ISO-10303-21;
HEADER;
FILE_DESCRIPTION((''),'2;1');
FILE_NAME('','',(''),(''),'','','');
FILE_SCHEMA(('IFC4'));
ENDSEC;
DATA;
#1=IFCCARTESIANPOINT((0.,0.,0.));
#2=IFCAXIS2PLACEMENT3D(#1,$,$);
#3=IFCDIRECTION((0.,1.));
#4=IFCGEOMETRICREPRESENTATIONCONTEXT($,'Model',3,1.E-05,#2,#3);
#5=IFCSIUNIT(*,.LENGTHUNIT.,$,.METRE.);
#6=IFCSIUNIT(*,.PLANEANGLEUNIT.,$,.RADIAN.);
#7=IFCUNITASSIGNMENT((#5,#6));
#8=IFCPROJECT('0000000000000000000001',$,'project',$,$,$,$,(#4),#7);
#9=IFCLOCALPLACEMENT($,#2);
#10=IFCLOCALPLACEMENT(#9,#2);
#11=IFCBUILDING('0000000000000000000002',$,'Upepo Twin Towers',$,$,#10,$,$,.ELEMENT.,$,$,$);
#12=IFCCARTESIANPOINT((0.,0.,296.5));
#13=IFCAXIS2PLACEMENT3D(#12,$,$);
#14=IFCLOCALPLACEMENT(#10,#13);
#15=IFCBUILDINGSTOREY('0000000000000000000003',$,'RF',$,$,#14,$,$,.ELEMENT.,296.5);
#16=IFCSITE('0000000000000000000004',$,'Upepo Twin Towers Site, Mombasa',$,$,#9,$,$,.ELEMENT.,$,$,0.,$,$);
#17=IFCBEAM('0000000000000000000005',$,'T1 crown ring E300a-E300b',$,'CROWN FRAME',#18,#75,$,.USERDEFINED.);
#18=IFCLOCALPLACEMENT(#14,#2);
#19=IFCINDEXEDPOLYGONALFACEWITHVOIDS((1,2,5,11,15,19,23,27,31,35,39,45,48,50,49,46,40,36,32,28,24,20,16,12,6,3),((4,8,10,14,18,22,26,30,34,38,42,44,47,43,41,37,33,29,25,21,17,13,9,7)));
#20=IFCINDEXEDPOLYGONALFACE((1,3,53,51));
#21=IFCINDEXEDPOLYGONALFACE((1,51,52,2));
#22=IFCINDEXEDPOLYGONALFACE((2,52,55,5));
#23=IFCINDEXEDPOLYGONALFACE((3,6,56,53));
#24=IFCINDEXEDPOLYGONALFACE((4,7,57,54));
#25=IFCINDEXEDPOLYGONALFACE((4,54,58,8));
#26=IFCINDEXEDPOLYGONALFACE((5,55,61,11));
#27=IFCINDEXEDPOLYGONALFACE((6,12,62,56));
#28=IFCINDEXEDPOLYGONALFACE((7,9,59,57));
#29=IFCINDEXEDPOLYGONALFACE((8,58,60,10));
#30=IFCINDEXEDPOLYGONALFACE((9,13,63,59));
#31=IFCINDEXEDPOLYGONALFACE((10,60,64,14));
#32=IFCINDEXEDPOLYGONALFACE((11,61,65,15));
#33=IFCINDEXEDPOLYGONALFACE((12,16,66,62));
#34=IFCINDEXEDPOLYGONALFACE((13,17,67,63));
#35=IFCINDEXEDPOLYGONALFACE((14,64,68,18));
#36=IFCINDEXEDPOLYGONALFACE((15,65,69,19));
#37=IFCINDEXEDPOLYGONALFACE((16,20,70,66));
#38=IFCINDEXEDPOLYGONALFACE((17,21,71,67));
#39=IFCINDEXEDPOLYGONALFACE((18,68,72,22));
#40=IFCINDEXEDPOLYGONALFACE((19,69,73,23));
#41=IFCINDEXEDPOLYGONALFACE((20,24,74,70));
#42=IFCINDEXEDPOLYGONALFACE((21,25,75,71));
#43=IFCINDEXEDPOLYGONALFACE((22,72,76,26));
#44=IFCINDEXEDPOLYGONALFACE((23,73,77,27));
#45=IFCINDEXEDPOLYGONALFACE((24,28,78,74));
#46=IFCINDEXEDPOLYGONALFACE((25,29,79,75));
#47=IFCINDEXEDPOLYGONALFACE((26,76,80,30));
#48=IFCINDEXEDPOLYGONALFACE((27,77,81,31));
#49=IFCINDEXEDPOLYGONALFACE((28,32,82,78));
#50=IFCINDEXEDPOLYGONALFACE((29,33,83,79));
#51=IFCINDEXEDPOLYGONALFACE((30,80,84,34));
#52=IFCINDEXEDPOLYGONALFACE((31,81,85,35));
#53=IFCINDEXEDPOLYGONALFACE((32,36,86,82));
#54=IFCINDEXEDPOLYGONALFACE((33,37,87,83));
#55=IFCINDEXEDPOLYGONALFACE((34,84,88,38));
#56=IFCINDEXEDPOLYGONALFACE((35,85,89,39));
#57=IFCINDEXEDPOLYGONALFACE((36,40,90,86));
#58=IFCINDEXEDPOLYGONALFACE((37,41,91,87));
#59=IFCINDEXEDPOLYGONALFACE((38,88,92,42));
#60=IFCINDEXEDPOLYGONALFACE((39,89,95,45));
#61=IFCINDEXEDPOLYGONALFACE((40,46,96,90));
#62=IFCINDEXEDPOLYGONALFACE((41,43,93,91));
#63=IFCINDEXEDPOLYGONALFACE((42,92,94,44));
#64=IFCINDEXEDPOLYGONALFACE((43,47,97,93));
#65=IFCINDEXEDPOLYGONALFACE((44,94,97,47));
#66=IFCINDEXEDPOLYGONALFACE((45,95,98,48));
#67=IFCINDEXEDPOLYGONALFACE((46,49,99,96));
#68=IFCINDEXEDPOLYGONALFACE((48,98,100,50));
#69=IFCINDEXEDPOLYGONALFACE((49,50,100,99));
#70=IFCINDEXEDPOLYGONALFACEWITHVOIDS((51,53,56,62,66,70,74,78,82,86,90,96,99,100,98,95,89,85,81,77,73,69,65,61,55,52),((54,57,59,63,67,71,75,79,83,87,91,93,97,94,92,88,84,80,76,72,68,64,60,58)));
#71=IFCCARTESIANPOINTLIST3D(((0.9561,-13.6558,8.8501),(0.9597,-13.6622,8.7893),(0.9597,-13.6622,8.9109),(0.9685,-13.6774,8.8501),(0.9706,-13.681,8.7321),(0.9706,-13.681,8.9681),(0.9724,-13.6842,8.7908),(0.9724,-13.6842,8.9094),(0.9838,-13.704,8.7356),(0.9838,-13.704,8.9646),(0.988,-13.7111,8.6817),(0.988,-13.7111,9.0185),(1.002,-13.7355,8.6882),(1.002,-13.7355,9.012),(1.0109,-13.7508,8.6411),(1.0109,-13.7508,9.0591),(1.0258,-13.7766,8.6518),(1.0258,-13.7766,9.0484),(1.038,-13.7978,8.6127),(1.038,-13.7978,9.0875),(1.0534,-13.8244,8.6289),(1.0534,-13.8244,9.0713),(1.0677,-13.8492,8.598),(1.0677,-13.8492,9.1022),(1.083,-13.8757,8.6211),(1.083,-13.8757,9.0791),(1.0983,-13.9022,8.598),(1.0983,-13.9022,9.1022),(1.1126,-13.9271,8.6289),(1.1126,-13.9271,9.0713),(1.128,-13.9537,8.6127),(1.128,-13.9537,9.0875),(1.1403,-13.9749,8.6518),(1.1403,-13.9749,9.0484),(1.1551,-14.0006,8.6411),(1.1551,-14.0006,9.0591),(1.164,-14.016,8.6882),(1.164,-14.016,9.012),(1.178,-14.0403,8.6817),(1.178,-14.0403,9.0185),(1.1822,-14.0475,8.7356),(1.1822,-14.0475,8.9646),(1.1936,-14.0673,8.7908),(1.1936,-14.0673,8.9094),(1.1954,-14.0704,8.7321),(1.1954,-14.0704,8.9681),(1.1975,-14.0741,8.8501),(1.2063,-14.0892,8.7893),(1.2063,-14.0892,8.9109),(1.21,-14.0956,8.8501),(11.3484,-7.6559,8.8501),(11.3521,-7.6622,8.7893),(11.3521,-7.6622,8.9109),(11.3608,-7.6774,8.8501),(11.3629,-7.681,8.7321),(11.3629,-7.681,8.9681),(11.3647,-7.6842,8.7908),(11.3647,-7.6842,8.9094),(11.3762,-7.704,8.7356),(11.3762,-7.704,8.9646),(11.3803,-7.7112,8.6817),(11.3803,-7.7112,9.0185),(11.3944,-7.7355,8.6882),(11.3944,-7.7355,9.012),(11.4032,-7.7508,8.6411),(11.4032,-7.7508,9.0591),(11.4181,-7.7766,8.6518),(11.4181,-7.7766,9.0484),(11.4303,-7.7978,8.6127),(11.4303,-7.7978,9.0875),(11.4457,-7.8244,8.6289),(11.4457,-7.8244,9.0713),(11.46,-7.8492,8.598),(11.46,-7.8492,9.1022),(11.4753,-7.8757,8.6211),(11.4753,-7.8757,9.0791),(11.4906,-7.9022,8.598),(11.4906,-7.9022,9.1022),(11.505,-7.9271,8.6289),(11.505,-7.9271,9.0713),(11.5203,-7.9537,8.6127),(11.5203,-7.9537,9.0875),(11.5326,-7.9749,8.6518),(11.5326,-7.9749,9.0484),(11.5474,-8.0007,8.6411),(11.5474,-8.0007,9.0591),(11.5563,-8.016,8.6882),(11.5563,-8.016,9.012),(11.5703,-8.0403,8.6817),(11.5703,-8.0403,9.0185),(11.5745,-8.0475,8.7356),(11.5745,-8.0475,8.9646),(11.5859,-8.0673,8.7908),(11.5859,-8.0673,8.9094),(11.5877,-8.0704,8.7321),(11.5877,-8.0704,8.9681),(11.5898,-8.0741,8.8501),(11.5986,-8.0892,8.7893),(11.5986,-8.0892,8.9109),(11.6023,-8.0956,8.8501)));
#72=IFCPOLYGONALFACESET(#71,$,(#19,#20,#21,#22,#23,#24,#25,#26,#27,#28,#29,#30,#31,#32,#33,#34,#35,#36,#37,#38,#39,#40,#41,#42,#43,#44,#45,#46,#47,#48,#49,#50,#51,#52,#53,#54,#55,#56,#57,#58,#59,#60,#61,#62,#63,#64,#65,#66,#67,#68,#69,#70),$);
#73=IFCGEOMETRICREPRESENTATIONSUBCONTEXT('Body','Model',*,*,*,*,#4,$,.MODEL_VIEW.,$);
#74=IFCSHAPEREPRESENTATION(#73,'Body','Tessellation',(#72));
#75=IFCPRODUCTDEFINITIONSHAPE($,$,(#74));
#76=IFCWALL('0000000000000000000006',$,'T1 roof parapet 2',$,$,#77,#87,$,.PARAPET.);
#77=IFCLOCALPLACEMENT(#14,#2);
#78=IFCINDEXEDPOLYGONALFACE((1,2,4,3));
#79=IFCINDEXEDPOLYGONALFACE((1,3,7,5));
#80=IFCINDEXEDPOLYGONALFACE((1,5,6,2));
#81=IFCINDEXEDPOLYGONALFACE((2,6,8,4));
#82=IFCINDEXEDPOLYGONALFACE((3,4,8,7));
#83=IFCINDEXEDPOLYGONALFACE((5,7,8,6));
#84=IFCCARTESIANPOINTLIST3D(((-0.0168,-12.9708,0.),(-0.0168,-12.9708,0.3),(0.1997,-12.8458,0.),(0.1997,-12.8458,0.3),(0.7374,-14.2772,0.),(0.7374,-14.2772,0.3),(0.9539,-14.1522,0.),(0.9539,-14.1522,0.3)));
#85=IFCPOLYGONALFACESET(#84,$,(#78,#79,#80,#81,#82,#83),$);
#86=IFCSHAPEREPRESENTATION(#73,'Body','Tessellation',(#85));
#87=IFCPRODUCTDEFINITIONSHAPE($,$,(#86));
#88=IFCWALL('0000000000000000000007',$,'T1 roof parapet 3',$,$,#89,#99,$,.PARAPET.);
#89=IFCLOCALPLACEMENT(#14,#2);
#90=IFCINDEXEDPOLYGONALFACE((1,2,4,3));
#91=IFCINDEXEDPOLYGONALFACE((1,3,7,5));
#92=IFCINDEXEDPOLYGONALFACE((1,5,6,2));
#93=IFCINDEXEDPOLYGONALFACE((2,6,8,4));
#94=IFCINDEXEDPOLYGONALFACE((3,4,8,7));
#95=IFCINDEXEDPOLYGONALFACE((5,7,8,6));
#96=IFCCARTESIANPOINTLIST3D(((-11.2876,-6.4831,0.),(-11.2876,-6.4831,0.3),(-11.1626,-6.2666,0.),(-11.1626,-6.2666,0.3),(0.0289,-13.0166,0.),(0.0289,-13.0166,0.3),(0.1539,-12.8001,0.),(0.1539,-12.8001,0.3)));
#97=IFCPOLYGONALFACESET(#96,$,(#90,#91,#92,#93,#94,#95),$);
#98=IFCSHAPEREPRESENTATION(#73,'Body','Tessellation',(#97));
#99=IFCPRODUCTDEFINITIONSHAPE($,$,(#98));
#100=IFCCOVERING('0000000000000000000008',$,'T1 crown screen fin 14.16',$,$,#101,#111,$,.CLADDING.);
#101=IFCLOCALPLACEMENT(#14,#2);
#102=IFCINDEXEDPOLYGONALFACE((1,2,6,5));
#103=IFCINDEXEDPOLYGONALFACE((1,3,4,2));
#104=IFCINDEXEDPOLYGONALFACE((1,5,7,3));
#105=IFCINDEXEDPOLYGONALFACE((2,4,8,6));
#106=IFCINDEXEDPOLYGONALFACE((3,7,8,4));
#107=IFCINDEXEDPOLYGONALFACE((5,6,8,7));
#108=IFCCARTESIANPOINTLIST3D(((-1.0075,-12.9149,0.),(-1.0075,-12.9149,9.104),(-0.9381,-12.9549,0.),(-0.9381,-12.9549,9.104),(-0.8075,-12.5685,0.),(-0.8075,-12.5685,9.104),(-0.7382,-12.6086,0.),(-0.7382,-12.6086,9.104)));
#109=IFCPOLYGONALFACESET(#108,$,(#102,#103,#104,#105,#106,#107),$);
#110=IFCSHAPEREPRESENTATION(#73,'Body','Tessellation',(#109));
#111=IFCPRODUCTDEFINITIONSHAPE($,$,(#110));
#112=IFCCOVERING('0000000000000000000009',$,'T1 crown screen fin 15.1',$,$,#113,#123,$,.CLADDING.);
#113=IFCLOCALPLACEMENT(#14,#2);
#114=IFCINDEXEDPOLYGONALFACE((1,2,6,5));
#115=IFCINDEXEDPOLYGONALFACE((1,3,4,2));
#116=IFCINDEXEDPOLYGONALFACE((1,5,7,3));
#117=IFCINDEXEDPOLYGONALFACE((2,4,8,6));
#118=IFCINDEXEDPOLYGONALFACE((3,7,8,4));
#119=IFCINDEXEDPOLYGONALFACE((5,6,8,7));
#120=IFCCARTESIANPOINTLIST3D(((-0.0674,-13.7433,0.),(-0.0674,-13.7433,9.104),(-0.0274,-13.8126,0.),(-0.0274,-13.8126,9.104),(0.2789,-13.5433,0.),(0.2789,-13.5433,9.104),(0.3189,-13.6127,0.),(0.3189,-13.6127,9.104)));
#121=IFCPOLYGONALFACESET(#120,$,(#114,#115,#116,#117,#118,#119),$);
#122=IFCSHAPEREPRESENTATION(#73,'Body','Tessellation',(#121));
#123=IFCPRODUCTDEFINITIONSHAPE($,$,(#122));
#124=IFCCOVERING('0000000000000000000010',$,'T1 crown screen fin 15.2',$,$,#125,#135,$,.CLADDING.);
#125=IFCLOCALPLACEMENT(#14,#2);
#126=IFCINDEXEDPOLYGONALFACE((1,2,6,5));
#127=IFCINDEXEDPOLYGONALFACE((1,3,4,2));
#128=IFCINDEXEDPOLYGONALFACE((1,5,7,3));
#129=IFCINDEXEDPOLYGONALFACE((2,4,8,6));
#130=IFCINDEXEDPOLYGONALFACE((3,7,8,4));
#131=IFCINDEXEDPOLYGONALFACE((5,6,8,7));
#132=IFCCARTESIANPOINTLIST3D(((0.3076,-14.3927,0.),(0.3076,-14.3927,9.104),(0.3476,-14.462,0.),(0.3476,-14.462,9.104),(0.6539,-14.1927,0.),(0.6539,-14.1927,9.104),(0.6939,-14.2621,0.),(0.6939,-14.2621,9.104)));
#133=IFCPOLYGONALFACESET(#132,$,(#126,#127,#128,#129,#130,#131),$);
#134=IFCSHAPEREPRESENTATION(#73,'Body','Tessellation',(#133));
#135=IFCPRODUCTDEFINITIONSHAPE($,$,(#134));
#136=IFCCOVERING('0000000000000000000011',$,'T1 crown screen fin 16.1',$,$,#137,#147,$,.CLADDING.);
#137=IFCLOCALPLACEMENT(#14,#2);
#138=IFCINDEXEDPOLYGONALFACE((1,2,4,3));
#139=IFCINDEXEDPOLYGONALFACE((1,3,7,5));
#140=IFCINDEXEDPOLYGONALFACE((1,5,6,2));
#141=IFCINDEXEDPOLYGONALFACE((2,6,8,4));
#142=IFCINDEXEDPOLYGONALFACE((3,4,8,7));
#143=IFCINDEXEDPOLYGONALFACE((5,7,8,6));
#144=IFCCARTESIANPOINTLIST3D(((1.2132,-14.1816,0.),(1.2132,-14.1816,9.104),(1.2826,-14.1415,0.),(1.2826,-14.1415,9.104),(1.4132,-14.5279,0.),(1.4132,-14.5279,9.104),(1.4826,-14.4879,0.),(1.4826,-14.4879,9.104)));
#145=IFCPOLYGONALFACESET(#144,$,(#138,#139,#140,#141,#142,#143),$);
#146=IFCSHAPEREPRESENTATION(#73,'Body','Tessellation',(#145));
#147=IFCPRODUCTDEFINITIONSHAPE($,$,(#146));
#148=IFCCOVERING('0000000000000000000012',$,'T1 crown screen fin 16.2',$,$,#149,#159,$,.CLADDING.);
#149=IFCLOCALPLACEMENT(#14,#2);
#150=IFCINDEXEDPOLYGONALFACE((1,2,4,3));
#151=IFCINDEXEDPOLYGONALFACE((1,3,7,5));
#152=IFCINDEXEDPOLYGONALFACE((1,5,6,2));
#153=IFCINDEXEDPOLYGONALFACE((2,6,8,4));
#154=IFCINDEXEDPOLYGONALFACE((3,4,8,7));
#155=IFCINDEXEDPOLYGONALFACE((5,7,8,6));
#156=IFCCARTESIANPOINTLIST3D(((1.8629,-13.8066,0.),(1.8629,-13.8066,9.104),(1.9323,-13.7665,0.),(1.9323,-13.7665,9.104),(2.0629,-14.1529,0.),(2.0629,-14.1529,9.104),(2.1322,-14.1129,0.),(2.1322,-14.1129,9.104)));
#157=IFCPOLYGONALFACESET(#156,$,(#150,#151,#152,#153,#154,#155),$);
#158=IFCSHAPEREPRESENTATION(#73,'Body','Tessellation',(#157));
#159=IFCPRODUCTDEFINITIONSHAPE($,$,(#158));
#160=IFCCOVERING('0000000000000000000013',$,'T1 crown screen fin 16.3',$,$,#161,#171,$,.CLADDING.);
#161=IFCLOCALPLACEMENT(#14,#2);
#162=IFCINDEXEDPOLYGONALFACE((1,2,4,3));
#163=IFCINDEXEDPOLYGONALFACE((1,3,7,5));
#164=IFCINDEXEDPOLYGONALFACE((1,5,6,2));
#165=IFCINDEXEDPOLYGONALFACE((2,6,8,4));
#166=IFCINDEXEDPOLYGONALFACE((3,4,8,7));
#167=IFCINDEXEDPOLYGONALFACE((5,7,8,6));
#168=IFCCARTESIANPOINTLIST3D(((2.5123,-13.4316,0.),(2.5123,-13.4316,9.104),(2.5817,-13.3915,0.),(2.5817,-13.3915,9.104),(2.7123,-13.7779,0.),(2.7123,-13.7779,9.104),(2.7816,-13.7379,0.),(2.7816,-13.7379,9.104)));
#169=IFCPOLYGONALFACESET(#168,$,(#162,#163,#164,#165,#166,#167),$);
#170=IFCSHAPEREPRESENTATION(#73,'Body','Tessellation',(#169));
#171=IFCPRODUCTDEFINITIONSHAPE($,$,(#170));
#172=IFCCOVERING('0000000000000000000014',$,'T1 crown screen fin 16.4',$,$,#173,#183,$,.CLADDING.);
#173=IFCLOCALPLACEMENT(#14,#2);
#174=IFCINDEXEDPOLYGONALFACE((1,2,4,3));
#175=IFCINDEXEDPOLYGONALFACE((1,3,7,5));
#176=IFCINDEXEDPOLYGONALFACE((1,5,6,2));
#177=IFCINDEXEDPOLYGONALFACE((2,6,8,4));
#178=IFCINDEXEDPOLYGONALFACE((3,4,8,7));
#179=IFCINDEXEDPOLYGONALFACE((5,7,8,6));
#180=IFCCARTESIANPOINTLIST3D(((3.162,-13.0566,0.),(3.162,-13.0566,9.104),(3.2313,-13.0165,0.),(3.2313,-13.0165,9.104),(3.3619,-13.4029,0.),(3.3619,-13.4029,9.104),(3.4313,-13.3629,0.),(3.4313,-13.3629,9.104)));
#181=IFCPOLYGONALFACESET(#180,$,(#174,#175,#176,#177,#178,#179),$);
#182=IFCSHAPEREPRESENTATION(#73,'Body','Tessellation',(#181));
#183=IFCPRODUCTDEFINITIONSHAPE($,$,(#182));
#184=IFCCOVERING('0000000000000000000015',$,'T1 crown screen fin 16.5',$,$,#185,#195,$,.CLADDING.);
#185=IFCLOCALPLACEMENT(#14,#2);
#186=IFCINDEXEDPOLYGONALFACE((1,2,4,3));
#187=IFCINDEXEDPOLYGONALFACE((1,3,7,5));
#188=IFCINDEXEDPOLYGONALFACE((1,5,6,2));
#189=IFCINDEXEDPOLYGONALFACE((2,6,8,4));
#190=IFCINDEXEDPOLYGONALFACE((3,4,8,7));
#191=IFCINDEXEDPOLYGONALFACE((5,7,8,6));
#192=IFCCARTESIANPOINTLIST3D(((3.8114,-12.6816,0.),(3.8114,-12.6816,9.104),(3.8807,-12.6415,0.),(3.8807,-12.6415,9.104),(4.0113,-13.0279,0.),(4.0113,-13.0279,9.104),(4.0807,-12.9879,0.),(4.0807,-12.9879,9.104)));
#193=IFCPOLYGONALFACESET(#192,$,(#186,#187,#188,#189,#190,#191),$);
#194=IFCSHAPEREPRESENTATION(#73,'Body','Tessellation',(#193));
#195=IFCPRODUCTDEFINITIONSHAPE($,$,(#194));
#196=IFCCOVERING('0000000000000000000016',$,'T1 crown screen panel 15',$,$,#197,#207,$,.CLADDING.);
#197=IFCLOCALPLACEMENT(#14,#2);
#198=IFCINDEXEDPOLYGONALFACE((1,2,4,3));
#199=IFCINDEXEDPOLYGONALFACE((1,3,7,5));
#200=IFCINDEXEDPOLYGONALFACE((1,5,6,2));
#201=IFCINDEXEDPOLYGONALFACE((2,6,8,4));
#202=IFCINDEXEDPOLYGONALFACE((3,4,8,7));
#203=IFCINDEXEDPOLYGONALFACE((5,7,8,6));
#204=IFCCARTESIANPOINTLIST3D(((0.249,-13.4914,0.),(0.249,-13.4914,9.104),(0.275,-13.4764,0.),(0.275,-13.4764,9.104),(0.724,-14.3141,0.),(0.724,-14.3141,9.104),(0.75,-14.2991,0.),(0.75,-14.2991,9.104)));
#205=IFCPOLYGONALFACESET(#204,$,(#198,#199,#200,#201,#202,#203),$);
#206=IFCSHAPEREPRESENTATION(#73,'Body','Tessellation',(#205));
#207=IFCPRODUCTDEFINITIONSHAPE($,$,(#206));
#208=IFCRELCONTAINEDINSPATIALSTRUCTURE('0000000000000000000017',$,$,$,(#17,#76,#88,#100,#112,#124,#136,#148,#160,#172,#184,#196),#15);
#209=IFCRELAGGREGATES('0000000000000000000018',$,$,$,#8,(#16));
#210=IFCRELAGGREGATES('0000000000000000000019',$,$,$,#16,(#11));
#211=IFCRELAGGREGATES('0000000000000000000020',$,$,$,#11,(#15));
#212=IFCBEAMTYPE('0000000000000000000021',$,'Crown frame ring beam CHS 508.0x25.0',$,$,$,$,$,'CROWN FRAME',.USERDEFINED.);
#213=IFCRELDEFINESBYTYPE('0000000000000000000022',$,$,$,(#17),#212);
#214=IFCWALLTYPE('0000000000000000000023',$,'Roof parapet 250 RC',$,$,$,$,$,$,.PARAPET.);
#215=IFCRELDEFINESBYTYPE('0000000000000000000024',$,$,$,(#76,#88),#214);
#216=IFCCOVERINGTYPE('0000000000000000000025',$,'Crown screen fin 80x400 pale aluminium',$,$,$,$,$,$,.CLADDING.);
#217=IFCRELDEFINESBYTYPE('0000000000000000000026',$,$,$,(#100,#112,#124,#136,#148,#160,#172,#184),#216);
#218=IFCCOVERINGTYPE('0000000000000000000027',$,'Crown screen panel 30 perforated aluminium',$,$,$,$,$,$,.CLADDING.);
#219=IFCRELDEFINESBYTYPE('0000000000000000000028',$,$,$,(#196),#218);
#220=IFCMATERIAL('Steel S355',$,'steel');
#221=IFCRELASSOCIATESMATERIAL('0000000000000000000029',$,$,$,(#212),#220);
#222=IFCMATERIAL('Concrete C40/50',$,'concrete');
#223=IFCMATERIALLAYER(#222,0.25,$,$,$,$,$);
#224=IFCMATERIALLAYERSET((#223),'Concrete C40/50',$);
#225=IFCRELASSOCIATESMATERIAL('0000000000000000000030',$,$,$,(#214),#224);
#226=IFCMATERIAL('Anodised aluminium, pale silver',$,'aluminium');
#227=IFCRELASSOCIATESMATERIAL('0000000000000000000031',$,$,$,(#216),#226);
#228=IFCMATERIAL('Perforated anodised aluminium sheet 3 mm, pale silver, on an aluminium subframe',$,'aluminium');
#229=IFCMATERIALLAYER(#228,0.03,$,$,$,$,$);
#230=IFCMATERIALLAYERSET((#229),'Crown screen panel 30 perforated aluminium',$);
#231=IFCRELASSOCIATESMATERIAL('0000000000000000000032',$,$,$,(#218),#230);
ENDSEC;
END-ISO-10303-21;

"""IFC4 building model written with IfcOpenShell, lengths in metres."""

from ifc_helpers import new_model, si_unit, direction, frame, frame_2d, origin, origin_2d, place, context, subcontext, project, spatial, rectangle, hollow_circle, extrude, material, layer, layer_set, material_profile, profile_set, type_object, element, save


model = new_model("IFC4")

# Units and contexts
model_context = context("Model", 3, precision=1e-05, world=origin(), true_north=direction((0.0, 1.0)))
body_context = subcontext(model_context, "Body", "Model", "MODEL_VIEW")
ifc_project = project(units=[si_unit("LENGTHUNIT", "METRE"), si_unit("PLANEANGLEUNIT", "RADIAN")], contexts=[model_context])

# Site, building, storey
site_placement = place(None, origin())
site = spatial("IfcSite", under=ifc_project, at=site_placement, Name="Upepo Twin Towers Site, Mombasa", CompositionType="ELEMENT", RefElevation=0.0)
building_placement = place(site_placement, origin())
building = spatial("IfcBuilding", under=site, at=building_placement, Name="Upepo Twin Towers", CompositionType="ELEMENT")
storey_placement = place(building_placement, frame((0.0, 0.0, 296.5)))
storey = spatial("IfcBuildingStorey", under=building, at=storey_placement, Name="RF", CompositionType="ELEMENT", Elevation=296.5)

# Beam
ifc_material_1 = material(Name="Steel S355", Category="steel")
ifc_material_profile_1 = material_profile(ifc_material_1, hollow_circle(Radius=0.2539, WallThickness=0.0249, at=origin_2d()), Name="CHS 508.0x25.0")
ifc_profile_set_1 = profile_set([ifc_material_profile_1], Name="Steel S355")
beam_type = type_object("IfcBeamType", Name="Crown frame ring beam CHS 508.0x25.0", ElementType="CROWN FRAME", PredefinedType="USERDEFINED", material=ifc_profile_set_1)
beam_placement = place(storey_placement, frame((1.083, -13.8757, 8.8501), z_axis=(0.866026, 0.499999, 0.0), x_axis=(-0.499999, 0.866026, 0.0)))
element("IfcBeam", 1, at=beam_placement, inside=storey, type_object=beam_type, Name="T1 crown ring E300a-E300b", ObjectType="CROWN FRAME", PredefinedType="USERDEFINED", context=body_context, shape_type="SweptSolid", body=[
    extrude(hollow_circle(Radius=0.2539, WallThickness=0.0249, at=origin_2d()), origin(), (0.0, 0.0, 1.0), 12.0),
])

# Walls
ifc_material_2 = material(Name="Concrete C40/50", Category="concrete")
ifc_layer_1 = layer(ifc_material_2, 0.25)
ifc_layer_set_1 = layer_set([ifc_layer_1], Name="Concrete C40/50")
wall_type = type_object("IfcWallType", Name="Roof parapet 250 RC", PredefinedType="PARAPET", material=ifc_layer_set_1)
wall_1_placement = place(storey_placement, frame((0.8457, -14.2148, 0.0), z_axis=(0.0, 0.0, 1.0), x_axis=(-0.499951, 0.866054, 0.0)))
element("IfcWall", 2, at=wall_1_placement, inside=storey, type_object=wall_type, Name="T1 roof parapet 2", PredefinedType="PARAPET", context=body_context, shape_type="SweptSolid", body=[
    extrude(rectangle(XDim=1.5085, YDim=0.25, at=frame_2d((0.7544, 0.0))), origin(), (0.0, 0.0, 1.0), 0.3),
])
wall_2_placement = place(storey_placement, frame((0.0916, -12.9084, 0.0), z_axis=(0.0, 0.0, 1.0), x_axis=(-0.866028, 0.499995, 0.0)))
element("IfcWall", 3, at=wall_2_placement, inside=storey, type_object=wall_type, Name="T1 roof parapet 3", PredefinedType="PARAPET", context=body_context, shape_type="SweptSolid", body=[
    extrude(rectangle(XDim=13.0671, YDim=0.25, at=frame_2d((6.5337, 0.0))), origin(), (0.0, 0.0, 1.0), 0.3),
])

# Coverings
ifc_material_3 = material(Name="Anodised aluminium, pale silver", Category="aluminium")
covering_type_1 = type_object("IfcCoveringType", Name="Crown screen fin 80x400 pale aluminium", PredefinedType="CLADDING", material=ifc_material_3)
for number, where, z_axis, x_axis, name in (
    (4, (-0.8728, -12.7617, 0.0), (0.0, 0.0, 1.0), (0.866025, -0.5, 0.0), "T1 crown screen fin 14.16"),
    (5, (0.1257, -13.678, 0.0), (0.0, 0.0, 1.0), (0.5, -0.866025, 0.0), "T1 crown screen fin 15.1"),
    (6, (0.5007, -14.3274, 0.0), (0.0, 0.0, 1.0), (0.5, -0.866025, 0.0), "T1 crown screen fin 15.2"),
    (7, (1.3479, -14.3347, 0.0), (0.0, 0.0, 1.0), (0.866025, 0.5, 0.0), "T1 crown screen fin 16.1"),
    (8, (1.9976, -13.9597, 0.0), (0.0, 0.0, 1.0), (0.866025, 0.5, 0.0), "T1 crown screen fin 16.2"),
    (9, (2.647, -13.5847, 0.0), (0.0, 0.0, 1.0), (0.866025, 0.5, 0.0), "T1 crown screen fin 16.3"),
    (10, (3.2966, -13.2097, 0.0), (0.0, 0.0, 1.0), (0.866025, 0.5, 0.0), "T1 crown screen fin 16.4"),
    (11, (3.946, -12.8347, 0.0), (0.0, 0.0, 1.0), (0.866025, 0.5, 0.0), "T1 crown screen fin 16.5"),
):
    element("IfcCovering", number, at=place(storey_placement, frame(where, z_axis=z_axis, x_axis=x_axis)), inside=storey, type_object=covering_type_1, Name=name, PredefinedType="CLADDING", context=body_context, shape_type="SweptSolid", body=[
        extrude(rectangle(XDim=0.0801, YDim=0.3999, at=origin_2d()), origin(), (0.0, 0.0, 1.0), 9.104),
    ])
ifc_material_4 = material(Name="Perforated anodised aluminium sheet 3 mm, pale silver, on an aluminium subframe", Category="aluminium")
ifc_layer_2 = layer(ifc_material_4, 0.03)
ifc_layer_set_2 = layer_set([ifc_layer_2], Name="Crown screen panel 30 perforated aluminium")
covering_type_2 = type_object("IfcCoveringType", Name="Crown screen panel 30 perforated aluminium", PredefinedType="CLADDING", material=ifc_layer_set_2)
covering_placement = place(storey_placement, frame((0.4995, -13.8953, 0.0), z_axis=(0.0, 0.0, 1.0), x_axis=(0.5, -0.866025, 0.0)))
element("IfcCovering", 12, at=covering_placement, inside=storey, type_object=covering_type_2, Name="T1 crown screen panel 15", PredefinedType="CLADDING", context=body_context, shape_type="SweptSolid", body=[
    extrude(rectangle(XDim=0.95, YDim=0.03, at=origin_2d()), origin(), (0.0, 0.0, 1.0), 9.104),
])

save(model, "model.ifc")
